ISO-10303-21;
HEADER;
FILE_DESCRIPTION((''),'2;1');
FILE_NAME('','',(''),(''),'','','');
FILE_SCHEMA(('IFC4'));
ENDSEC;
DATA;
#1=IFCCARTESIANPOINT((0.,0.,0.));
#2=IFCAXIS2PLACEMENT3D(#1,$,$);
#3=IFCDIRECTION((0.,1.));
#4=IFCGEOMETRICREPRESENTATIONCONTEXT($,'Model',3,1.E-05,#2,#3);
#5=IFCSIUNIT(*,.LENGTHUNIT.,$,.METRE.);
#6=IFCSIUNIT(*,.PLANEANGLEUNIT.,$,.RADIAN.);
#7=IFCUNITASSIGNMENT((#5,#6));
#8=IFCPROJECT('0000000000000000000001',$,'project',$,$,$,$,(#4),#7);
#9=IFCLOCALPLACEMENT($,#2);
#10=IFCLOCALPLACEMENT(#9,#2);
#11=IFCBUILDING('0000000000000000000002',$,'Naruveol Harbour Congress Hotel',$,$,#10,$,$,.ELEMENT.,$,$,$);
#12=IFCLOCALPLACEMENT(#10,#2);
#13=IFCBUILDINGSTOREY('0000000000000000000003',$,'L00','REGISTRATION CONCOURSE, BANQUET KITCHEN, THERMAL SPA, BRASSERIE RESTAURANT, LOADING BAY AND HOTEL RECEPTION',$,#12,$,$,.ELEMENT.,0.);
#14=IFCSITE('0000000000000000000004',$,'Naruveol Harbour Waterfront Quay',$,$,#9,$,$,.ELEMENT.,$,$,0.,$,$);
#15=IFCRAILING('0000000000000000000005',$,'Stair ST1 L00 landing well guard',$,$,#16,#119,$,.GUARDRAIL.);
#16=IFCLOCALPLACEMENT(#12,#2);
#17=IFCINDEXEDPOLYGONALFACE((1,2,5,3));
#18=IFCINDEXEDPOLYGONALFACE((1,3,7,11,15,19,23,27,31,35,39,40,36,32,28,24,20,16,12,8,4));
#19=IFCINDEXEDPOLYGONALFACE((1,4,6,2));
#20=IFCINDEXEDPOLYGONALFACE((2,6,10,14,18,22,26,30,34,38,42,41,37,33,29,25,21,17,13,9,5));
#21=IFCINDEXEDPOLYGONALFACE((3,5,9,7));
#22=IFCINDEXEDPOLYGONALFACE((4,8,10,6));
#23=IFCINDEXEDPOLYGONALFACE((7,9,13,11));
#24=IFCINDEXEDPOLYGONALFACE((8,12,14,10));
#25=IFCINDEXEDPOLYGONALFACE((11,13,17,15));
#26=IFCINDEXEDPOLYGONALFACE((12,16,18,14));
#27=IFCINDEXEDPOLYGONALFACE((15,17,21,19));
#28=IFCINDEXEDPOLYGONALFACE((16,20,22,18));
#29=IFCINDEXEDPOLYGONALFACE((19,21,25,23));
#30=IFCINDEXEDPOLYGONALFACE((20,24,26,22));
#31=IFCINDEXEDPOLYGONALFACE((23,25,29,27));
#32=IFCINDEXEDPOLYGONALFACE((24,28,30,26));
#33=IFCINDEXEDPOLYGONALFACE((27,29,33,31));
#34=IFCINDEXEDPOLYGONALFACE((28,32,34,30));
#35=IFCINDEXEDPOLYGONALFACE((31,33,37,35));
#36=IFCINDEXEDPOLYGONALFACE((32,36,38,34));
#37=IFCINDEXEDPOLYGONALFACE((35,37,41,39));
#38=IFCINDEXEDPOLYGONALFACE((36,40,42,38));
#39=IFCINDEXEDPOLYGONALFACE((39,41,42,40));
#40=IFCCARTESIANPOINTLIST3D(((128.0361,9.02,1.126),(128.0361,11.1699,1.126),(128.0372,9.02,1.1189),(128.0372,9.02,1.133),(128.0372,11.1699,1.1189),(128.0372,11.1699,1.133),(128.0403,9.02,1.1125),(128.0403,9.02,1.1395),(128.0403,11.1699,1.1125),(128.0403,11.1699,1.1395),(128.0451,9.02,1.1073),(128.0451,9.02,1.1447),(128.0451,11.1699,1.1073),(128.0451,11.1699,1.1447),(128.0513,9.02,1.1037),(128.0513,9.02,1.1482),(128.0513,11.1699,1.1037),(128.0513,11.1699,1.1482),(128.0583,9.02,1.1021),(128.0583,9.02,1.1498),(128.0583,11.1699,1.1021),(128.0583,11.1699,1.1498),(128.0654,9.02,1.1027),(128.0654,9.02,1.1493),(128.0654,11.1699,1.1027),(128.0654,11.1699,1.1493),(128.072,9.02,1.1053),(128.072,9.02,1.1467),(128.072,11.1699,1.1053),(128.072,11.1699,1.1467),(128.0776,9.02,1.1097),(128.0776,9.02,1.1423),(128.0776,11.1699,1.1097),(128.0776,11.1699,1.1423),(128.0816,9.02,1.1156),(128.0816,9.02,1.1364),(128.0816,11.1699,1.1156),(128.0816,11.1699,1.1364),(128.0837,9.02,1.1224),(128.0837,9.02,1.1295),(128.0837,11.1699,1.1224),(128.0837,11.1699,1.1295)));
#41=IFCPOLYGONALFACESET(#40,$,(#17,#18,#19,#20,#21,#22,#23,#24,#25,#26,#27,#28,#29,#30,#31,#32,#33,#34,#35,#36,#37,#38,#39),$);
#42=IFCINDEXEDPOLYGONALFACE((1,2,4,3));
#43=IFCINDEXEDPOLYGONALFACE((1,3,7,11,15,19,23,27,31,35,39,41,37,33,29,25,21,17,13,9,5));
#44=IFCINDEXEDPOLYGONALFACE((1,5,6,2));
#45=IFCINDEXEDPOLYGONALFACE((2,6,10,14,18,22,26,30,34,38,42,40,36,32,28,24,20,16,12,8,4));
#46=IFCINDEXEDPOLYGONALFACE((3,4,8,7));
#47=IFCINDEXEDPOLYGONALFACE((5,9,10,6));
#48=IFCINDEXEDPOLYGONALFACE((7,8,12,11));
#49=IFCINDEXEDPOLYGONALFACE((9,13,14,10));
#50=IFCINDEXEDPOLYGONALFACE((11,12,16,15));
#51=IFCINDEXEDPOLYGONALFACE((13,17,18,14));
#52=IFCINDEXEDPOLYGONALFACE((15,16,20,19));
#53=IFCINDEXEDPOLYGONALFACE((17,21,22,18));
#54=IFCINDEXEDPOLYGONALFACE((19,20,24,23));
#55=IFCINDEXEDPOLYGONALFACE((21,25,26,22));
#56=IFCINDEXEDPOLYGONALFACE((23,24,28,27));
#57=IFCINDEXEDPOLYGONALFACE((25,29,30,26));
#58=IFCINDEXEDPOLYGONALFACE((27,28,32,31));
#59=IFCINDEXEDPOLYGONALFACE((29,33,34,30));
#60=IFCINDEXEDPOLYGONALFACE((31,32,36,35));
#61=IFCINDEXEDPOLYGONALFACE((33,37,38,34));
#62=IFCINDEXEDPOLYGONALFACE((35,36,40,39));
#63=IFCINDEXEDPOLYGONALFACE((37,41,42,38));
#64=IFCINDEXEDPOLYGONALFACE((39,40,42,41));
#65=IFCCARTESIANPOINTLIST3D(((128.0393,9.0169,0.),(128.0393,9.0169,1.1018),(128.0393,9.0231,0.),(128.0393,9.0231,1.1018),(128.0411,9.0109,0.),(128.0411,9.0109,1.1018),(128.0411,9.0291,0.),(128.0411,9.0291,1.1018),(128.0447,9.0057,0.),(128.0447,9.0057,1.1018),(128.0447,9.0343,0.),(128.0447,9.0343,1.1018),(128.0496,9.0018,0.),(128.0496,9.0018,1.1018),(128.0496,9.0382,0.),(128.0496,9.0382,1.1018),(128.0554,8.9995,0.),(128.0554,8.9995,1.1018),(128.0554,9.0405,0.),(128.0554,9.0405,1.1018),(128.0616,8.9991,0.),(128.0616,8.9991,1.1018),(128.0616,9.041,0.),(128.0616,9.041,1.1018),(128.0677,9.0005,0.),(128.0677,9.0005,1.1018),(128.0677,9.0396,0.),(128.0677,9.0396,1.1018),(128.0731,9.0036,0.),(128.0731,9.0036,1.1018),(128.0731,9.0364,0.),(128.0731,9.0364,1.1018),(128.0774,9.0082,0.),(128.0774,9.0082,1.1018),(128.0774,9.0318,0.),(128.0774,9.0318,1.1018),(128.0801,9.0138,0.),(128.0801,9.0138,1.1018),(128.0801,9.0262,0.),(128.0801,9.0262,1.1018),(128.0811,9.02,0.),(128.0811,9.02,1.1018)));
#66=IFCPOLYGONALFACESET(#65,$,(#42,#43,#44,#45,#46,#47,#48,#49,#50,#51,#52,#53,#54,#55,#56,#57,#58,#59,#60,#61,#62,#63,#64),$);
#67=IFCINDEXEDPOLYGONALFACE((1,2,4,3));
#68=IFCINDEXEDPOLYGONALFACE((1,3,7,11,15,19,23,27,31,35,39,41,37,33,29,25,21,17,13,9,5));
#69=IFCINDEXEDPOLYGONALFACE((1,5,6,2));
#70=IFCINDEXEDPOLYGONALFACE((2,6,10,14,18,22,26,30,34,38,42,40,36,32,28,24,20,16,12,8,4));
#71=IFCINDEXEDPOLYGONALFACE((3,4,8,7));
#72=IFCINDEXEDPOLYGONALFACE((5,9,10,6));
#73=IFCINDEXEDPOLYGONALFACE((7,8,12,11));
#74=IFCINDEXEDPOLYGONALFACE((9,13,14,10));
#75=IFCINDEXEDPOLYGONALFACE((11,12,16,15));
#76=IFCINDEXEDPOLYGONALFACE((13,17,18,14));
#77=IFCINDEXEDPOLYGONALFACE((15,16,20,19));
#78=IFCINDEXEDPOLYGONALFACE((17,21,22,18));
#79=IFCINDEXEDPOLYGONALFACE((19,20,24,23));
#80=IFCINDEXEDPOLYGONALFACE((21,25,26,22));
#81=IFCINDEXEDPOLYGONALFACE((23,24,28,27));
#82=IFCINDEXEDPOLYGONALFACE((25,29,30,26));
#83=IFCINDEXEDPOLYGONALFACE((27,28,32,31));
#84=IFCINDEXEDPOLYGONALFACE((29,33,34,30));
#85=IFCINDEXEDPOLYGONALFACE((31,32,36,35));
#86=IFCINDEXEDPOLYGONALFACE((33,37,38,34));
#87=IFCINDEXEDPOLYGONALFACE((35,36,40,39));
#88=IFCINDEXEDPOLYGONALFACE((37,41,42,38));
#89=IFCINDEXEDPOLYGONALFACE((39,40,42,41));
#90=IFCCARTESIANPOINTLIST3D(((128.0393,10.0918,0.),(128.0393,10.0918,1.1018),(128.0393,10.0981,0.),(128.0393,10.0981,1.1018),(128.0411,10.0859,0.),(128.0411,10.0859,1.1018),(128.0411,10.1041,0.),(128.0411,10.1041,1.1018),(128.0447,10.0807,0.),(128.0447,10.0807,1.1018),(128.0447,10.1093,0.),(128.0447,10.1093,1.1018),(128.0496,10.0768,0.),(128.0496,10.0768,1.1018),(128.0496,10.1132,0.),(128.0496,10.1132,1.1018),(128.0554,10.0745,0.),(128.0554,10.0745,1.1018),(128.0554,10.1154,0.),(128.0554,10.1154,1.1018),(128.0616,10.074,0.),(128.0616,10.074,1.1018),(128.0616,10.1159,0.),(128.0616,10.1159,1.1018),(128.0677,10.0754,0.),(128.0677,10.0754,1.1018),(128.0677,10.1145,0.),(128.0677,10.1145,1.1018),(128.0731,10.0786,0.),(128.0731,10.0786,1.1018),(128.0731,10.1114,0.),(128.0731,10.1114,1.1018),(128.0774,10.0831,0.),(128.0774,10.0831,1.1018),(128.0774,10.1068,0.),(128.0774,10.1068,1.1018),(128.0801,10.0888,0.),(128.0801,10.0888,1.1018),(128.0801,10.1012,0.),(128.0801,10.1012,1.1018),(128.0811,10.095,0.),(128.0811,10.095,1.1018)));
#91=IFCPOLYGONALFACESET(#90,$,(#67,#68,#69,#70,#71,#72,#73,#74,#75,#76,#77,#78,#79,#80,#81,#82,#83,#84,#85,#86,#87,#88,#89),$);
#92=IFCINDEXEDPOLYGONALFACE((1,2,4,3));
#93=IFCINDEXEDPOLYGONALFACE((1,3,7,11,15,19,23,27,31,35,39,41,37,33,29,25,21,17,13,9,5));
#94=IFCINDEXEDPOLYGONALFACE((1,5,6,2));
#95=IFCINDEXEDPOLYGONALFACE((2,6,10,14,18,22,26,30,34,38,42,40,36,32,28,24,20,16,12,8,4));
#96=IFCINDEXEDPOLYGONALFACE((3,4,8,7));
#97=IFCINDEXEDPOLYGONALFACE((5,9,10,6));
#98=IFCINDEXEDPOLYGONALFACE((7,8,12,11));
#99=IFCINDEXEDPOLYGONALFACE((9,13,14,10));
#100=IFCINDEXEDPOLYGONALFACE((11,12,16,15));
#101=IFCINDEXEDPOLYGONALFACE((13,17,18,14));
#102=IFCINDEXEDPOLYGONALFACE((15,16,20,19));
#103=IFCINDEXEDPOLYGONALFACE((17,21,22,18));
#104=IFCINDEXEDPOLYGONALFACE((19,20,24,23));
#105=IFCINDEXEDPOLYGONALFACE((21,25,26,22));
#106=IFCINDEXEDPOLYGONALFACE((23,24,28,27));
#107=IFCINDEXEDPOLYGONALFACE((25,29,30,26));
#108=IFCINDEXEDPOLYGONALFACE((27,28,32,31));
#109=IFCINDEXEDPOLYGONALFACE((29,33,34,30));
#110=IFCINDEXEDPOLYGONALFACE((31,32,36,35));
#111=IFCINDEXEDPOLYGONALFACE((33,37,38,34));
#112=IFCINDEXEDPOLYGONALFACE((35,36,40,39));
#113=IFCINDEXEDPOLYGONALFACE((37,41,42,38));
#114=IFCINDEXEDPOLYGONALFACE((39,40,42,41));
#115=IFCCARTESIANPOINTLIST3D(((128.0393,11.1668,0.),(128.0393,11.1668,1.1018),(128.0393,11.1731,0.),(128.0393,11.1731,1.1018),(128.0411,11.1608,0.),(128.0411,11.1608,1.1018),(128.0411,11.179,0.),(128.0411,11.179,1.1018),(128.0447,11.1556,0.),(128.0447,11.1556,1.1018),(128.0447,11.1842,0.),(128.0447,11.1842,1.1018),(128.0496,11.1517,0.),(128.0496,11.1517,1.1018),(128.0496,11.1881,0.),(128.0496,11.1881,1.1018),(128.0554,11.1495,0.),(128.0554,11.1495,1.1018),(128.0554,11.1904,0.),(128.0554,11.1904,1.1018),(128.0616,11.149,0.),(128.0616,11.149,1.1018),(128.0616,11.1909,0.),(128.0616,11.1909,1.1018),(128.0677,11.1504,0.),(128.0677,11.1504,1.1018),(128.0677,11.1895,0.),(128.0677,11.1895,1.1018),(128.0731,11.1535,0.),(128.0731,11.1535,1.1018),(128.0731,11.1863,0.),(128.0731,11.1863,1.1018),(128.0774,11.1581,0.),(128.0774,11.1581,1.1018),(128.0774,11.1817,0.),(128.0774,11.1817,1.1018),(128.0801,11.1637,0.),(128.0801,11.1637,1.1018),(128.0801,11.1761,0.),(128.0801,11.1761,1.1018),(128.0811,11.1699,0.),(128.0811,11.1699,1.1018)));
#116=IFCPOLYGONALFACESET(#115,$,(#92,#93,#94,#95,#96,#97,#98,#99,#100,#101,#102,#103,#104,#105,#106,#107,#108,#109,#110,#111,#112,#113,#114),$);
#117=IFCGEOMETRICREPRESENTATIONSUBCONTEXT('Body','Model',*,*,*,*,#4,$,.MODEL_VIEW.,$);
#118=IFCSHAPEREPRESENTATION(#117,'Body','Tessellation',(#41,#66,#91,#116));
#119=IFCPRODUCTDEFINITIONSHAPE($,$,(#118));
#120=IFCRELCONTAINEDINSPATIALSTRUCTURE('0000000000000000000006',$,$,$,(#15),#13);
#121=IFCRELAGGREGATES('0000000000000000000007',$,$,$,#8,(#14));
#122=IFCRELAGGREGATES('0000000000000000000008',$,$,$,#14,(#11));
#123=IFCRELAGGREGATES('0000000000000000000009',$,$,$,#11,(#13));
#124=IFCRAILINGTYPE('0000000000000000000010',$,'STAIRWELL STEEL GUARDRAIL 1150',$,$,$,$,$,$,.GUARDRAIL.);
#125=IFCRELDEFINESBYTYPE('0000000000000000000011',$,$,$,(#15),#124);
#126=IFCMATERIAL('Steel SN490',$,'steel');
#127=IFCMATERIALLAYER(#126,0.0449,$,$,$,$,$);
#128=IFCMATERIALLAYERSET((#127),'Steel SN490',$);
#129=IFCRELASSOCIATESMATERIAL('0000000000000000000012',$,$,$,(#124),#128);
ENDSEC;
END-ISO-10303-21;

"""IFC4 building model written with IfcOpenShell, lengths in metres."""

from ifc_helpers import new_model, si_unit, direction, frame, origin, origin_2d, place, context, subcontext, project, spatial, circle, extrude, material, layer, layer_set, type_object, element, save


model = new_model("IFC4")

# Units and contexts
model_context = context("Model", 3, precision=1e-05, world=origin(), true_north=direction((0.0, 1.0)))
body_context = subcontext(model_context, "Body", "Model", "MODEL_VIEW")
ifc_project = project(units=[si_unit("LENGTHUNIT", "METRE"), si_unit("PLANEANGLEUNIT", "RADIAN")], contexts=[model_context])

# Site, building, storey
site_placement = place(None, origin())
site = spatial("IfcSite", under=ifc_project, at=site_placement, Name="Naruveol Harbour Waterfront Quay", CompositionType="ELEMENT", RefElevation=0.0)
building_placement = place(site_placement, origin())
building = spatial("IfcBuilding", under=site, at=building_placement, Name="Naruveol Harbour Congress Hotel", CompositionType="ELEMENT")
storey_placement = place(building_placement, origin())
storey = spatial("IfcBuildingStorey", under=building, at=storey_placement, Name="L00", Description="REGISTRATION CONCOURSE, BANQUET KITCHEN, THERMAL SPA, BRASSERIE RESTAURANT, LOADING BAY AND HOTEL RECEPTION", CompositionType="ELEMENT", Elevation=0.0)

# Railing
ifc_material_1 = material(Name="Steel SN490", Category="steel")
ifc_layer_1 = layer(ifc_material_1, 0.0449)
ifc_layer_set_1 = layer_set([ifc_layer_1], Name="Steel SN490")
railing_type_1 = type_object("IfcRailingType", Name="STAIRWELL STEEL GUARDRAIL 1150", PredefinedType="GUARDRAIL", material=ifc_layer_set_1)
railing_1_placement = place(storey_placement, frame((128.0601, 9.02, 0.0)))
element("IfcRailing", 1, at=railing_1_placement, inside=storey, type_object=railing_type_1, Name="Stair ST1 L00 landing well guard", PredefinedType="GUARDRAIL", context=body_context, shape_type="SweptSolid", body=[
    extrude(circle(Radius=0.0239, at=origin_2d()), frame((0.0, 0.0, 1.126), z_axis=(0.0, 1.0, 0.0), x_axis=(-1.0, 0.0, 0.0)), (0.0, 0.0, 1.0), 2.1499),
    extrude(circle(Radius=0.021, at=origin_2d()), origin(), (0.0, 0.0, 1.0), 1.1018),
    extrude(circle(Radius=0.021, at=origin_2d()), frame((0.0, 1.075, 0.0)), (0.0, 0.0, 1.0), 1.1018),
    extrude(circle(Radius=0.021, at=origin_2d()), frame((0.0, 2.1499, 0.0)), (0.0, 0.0, 1.0), 1.1018),
])

save(model, "model.ifc")
